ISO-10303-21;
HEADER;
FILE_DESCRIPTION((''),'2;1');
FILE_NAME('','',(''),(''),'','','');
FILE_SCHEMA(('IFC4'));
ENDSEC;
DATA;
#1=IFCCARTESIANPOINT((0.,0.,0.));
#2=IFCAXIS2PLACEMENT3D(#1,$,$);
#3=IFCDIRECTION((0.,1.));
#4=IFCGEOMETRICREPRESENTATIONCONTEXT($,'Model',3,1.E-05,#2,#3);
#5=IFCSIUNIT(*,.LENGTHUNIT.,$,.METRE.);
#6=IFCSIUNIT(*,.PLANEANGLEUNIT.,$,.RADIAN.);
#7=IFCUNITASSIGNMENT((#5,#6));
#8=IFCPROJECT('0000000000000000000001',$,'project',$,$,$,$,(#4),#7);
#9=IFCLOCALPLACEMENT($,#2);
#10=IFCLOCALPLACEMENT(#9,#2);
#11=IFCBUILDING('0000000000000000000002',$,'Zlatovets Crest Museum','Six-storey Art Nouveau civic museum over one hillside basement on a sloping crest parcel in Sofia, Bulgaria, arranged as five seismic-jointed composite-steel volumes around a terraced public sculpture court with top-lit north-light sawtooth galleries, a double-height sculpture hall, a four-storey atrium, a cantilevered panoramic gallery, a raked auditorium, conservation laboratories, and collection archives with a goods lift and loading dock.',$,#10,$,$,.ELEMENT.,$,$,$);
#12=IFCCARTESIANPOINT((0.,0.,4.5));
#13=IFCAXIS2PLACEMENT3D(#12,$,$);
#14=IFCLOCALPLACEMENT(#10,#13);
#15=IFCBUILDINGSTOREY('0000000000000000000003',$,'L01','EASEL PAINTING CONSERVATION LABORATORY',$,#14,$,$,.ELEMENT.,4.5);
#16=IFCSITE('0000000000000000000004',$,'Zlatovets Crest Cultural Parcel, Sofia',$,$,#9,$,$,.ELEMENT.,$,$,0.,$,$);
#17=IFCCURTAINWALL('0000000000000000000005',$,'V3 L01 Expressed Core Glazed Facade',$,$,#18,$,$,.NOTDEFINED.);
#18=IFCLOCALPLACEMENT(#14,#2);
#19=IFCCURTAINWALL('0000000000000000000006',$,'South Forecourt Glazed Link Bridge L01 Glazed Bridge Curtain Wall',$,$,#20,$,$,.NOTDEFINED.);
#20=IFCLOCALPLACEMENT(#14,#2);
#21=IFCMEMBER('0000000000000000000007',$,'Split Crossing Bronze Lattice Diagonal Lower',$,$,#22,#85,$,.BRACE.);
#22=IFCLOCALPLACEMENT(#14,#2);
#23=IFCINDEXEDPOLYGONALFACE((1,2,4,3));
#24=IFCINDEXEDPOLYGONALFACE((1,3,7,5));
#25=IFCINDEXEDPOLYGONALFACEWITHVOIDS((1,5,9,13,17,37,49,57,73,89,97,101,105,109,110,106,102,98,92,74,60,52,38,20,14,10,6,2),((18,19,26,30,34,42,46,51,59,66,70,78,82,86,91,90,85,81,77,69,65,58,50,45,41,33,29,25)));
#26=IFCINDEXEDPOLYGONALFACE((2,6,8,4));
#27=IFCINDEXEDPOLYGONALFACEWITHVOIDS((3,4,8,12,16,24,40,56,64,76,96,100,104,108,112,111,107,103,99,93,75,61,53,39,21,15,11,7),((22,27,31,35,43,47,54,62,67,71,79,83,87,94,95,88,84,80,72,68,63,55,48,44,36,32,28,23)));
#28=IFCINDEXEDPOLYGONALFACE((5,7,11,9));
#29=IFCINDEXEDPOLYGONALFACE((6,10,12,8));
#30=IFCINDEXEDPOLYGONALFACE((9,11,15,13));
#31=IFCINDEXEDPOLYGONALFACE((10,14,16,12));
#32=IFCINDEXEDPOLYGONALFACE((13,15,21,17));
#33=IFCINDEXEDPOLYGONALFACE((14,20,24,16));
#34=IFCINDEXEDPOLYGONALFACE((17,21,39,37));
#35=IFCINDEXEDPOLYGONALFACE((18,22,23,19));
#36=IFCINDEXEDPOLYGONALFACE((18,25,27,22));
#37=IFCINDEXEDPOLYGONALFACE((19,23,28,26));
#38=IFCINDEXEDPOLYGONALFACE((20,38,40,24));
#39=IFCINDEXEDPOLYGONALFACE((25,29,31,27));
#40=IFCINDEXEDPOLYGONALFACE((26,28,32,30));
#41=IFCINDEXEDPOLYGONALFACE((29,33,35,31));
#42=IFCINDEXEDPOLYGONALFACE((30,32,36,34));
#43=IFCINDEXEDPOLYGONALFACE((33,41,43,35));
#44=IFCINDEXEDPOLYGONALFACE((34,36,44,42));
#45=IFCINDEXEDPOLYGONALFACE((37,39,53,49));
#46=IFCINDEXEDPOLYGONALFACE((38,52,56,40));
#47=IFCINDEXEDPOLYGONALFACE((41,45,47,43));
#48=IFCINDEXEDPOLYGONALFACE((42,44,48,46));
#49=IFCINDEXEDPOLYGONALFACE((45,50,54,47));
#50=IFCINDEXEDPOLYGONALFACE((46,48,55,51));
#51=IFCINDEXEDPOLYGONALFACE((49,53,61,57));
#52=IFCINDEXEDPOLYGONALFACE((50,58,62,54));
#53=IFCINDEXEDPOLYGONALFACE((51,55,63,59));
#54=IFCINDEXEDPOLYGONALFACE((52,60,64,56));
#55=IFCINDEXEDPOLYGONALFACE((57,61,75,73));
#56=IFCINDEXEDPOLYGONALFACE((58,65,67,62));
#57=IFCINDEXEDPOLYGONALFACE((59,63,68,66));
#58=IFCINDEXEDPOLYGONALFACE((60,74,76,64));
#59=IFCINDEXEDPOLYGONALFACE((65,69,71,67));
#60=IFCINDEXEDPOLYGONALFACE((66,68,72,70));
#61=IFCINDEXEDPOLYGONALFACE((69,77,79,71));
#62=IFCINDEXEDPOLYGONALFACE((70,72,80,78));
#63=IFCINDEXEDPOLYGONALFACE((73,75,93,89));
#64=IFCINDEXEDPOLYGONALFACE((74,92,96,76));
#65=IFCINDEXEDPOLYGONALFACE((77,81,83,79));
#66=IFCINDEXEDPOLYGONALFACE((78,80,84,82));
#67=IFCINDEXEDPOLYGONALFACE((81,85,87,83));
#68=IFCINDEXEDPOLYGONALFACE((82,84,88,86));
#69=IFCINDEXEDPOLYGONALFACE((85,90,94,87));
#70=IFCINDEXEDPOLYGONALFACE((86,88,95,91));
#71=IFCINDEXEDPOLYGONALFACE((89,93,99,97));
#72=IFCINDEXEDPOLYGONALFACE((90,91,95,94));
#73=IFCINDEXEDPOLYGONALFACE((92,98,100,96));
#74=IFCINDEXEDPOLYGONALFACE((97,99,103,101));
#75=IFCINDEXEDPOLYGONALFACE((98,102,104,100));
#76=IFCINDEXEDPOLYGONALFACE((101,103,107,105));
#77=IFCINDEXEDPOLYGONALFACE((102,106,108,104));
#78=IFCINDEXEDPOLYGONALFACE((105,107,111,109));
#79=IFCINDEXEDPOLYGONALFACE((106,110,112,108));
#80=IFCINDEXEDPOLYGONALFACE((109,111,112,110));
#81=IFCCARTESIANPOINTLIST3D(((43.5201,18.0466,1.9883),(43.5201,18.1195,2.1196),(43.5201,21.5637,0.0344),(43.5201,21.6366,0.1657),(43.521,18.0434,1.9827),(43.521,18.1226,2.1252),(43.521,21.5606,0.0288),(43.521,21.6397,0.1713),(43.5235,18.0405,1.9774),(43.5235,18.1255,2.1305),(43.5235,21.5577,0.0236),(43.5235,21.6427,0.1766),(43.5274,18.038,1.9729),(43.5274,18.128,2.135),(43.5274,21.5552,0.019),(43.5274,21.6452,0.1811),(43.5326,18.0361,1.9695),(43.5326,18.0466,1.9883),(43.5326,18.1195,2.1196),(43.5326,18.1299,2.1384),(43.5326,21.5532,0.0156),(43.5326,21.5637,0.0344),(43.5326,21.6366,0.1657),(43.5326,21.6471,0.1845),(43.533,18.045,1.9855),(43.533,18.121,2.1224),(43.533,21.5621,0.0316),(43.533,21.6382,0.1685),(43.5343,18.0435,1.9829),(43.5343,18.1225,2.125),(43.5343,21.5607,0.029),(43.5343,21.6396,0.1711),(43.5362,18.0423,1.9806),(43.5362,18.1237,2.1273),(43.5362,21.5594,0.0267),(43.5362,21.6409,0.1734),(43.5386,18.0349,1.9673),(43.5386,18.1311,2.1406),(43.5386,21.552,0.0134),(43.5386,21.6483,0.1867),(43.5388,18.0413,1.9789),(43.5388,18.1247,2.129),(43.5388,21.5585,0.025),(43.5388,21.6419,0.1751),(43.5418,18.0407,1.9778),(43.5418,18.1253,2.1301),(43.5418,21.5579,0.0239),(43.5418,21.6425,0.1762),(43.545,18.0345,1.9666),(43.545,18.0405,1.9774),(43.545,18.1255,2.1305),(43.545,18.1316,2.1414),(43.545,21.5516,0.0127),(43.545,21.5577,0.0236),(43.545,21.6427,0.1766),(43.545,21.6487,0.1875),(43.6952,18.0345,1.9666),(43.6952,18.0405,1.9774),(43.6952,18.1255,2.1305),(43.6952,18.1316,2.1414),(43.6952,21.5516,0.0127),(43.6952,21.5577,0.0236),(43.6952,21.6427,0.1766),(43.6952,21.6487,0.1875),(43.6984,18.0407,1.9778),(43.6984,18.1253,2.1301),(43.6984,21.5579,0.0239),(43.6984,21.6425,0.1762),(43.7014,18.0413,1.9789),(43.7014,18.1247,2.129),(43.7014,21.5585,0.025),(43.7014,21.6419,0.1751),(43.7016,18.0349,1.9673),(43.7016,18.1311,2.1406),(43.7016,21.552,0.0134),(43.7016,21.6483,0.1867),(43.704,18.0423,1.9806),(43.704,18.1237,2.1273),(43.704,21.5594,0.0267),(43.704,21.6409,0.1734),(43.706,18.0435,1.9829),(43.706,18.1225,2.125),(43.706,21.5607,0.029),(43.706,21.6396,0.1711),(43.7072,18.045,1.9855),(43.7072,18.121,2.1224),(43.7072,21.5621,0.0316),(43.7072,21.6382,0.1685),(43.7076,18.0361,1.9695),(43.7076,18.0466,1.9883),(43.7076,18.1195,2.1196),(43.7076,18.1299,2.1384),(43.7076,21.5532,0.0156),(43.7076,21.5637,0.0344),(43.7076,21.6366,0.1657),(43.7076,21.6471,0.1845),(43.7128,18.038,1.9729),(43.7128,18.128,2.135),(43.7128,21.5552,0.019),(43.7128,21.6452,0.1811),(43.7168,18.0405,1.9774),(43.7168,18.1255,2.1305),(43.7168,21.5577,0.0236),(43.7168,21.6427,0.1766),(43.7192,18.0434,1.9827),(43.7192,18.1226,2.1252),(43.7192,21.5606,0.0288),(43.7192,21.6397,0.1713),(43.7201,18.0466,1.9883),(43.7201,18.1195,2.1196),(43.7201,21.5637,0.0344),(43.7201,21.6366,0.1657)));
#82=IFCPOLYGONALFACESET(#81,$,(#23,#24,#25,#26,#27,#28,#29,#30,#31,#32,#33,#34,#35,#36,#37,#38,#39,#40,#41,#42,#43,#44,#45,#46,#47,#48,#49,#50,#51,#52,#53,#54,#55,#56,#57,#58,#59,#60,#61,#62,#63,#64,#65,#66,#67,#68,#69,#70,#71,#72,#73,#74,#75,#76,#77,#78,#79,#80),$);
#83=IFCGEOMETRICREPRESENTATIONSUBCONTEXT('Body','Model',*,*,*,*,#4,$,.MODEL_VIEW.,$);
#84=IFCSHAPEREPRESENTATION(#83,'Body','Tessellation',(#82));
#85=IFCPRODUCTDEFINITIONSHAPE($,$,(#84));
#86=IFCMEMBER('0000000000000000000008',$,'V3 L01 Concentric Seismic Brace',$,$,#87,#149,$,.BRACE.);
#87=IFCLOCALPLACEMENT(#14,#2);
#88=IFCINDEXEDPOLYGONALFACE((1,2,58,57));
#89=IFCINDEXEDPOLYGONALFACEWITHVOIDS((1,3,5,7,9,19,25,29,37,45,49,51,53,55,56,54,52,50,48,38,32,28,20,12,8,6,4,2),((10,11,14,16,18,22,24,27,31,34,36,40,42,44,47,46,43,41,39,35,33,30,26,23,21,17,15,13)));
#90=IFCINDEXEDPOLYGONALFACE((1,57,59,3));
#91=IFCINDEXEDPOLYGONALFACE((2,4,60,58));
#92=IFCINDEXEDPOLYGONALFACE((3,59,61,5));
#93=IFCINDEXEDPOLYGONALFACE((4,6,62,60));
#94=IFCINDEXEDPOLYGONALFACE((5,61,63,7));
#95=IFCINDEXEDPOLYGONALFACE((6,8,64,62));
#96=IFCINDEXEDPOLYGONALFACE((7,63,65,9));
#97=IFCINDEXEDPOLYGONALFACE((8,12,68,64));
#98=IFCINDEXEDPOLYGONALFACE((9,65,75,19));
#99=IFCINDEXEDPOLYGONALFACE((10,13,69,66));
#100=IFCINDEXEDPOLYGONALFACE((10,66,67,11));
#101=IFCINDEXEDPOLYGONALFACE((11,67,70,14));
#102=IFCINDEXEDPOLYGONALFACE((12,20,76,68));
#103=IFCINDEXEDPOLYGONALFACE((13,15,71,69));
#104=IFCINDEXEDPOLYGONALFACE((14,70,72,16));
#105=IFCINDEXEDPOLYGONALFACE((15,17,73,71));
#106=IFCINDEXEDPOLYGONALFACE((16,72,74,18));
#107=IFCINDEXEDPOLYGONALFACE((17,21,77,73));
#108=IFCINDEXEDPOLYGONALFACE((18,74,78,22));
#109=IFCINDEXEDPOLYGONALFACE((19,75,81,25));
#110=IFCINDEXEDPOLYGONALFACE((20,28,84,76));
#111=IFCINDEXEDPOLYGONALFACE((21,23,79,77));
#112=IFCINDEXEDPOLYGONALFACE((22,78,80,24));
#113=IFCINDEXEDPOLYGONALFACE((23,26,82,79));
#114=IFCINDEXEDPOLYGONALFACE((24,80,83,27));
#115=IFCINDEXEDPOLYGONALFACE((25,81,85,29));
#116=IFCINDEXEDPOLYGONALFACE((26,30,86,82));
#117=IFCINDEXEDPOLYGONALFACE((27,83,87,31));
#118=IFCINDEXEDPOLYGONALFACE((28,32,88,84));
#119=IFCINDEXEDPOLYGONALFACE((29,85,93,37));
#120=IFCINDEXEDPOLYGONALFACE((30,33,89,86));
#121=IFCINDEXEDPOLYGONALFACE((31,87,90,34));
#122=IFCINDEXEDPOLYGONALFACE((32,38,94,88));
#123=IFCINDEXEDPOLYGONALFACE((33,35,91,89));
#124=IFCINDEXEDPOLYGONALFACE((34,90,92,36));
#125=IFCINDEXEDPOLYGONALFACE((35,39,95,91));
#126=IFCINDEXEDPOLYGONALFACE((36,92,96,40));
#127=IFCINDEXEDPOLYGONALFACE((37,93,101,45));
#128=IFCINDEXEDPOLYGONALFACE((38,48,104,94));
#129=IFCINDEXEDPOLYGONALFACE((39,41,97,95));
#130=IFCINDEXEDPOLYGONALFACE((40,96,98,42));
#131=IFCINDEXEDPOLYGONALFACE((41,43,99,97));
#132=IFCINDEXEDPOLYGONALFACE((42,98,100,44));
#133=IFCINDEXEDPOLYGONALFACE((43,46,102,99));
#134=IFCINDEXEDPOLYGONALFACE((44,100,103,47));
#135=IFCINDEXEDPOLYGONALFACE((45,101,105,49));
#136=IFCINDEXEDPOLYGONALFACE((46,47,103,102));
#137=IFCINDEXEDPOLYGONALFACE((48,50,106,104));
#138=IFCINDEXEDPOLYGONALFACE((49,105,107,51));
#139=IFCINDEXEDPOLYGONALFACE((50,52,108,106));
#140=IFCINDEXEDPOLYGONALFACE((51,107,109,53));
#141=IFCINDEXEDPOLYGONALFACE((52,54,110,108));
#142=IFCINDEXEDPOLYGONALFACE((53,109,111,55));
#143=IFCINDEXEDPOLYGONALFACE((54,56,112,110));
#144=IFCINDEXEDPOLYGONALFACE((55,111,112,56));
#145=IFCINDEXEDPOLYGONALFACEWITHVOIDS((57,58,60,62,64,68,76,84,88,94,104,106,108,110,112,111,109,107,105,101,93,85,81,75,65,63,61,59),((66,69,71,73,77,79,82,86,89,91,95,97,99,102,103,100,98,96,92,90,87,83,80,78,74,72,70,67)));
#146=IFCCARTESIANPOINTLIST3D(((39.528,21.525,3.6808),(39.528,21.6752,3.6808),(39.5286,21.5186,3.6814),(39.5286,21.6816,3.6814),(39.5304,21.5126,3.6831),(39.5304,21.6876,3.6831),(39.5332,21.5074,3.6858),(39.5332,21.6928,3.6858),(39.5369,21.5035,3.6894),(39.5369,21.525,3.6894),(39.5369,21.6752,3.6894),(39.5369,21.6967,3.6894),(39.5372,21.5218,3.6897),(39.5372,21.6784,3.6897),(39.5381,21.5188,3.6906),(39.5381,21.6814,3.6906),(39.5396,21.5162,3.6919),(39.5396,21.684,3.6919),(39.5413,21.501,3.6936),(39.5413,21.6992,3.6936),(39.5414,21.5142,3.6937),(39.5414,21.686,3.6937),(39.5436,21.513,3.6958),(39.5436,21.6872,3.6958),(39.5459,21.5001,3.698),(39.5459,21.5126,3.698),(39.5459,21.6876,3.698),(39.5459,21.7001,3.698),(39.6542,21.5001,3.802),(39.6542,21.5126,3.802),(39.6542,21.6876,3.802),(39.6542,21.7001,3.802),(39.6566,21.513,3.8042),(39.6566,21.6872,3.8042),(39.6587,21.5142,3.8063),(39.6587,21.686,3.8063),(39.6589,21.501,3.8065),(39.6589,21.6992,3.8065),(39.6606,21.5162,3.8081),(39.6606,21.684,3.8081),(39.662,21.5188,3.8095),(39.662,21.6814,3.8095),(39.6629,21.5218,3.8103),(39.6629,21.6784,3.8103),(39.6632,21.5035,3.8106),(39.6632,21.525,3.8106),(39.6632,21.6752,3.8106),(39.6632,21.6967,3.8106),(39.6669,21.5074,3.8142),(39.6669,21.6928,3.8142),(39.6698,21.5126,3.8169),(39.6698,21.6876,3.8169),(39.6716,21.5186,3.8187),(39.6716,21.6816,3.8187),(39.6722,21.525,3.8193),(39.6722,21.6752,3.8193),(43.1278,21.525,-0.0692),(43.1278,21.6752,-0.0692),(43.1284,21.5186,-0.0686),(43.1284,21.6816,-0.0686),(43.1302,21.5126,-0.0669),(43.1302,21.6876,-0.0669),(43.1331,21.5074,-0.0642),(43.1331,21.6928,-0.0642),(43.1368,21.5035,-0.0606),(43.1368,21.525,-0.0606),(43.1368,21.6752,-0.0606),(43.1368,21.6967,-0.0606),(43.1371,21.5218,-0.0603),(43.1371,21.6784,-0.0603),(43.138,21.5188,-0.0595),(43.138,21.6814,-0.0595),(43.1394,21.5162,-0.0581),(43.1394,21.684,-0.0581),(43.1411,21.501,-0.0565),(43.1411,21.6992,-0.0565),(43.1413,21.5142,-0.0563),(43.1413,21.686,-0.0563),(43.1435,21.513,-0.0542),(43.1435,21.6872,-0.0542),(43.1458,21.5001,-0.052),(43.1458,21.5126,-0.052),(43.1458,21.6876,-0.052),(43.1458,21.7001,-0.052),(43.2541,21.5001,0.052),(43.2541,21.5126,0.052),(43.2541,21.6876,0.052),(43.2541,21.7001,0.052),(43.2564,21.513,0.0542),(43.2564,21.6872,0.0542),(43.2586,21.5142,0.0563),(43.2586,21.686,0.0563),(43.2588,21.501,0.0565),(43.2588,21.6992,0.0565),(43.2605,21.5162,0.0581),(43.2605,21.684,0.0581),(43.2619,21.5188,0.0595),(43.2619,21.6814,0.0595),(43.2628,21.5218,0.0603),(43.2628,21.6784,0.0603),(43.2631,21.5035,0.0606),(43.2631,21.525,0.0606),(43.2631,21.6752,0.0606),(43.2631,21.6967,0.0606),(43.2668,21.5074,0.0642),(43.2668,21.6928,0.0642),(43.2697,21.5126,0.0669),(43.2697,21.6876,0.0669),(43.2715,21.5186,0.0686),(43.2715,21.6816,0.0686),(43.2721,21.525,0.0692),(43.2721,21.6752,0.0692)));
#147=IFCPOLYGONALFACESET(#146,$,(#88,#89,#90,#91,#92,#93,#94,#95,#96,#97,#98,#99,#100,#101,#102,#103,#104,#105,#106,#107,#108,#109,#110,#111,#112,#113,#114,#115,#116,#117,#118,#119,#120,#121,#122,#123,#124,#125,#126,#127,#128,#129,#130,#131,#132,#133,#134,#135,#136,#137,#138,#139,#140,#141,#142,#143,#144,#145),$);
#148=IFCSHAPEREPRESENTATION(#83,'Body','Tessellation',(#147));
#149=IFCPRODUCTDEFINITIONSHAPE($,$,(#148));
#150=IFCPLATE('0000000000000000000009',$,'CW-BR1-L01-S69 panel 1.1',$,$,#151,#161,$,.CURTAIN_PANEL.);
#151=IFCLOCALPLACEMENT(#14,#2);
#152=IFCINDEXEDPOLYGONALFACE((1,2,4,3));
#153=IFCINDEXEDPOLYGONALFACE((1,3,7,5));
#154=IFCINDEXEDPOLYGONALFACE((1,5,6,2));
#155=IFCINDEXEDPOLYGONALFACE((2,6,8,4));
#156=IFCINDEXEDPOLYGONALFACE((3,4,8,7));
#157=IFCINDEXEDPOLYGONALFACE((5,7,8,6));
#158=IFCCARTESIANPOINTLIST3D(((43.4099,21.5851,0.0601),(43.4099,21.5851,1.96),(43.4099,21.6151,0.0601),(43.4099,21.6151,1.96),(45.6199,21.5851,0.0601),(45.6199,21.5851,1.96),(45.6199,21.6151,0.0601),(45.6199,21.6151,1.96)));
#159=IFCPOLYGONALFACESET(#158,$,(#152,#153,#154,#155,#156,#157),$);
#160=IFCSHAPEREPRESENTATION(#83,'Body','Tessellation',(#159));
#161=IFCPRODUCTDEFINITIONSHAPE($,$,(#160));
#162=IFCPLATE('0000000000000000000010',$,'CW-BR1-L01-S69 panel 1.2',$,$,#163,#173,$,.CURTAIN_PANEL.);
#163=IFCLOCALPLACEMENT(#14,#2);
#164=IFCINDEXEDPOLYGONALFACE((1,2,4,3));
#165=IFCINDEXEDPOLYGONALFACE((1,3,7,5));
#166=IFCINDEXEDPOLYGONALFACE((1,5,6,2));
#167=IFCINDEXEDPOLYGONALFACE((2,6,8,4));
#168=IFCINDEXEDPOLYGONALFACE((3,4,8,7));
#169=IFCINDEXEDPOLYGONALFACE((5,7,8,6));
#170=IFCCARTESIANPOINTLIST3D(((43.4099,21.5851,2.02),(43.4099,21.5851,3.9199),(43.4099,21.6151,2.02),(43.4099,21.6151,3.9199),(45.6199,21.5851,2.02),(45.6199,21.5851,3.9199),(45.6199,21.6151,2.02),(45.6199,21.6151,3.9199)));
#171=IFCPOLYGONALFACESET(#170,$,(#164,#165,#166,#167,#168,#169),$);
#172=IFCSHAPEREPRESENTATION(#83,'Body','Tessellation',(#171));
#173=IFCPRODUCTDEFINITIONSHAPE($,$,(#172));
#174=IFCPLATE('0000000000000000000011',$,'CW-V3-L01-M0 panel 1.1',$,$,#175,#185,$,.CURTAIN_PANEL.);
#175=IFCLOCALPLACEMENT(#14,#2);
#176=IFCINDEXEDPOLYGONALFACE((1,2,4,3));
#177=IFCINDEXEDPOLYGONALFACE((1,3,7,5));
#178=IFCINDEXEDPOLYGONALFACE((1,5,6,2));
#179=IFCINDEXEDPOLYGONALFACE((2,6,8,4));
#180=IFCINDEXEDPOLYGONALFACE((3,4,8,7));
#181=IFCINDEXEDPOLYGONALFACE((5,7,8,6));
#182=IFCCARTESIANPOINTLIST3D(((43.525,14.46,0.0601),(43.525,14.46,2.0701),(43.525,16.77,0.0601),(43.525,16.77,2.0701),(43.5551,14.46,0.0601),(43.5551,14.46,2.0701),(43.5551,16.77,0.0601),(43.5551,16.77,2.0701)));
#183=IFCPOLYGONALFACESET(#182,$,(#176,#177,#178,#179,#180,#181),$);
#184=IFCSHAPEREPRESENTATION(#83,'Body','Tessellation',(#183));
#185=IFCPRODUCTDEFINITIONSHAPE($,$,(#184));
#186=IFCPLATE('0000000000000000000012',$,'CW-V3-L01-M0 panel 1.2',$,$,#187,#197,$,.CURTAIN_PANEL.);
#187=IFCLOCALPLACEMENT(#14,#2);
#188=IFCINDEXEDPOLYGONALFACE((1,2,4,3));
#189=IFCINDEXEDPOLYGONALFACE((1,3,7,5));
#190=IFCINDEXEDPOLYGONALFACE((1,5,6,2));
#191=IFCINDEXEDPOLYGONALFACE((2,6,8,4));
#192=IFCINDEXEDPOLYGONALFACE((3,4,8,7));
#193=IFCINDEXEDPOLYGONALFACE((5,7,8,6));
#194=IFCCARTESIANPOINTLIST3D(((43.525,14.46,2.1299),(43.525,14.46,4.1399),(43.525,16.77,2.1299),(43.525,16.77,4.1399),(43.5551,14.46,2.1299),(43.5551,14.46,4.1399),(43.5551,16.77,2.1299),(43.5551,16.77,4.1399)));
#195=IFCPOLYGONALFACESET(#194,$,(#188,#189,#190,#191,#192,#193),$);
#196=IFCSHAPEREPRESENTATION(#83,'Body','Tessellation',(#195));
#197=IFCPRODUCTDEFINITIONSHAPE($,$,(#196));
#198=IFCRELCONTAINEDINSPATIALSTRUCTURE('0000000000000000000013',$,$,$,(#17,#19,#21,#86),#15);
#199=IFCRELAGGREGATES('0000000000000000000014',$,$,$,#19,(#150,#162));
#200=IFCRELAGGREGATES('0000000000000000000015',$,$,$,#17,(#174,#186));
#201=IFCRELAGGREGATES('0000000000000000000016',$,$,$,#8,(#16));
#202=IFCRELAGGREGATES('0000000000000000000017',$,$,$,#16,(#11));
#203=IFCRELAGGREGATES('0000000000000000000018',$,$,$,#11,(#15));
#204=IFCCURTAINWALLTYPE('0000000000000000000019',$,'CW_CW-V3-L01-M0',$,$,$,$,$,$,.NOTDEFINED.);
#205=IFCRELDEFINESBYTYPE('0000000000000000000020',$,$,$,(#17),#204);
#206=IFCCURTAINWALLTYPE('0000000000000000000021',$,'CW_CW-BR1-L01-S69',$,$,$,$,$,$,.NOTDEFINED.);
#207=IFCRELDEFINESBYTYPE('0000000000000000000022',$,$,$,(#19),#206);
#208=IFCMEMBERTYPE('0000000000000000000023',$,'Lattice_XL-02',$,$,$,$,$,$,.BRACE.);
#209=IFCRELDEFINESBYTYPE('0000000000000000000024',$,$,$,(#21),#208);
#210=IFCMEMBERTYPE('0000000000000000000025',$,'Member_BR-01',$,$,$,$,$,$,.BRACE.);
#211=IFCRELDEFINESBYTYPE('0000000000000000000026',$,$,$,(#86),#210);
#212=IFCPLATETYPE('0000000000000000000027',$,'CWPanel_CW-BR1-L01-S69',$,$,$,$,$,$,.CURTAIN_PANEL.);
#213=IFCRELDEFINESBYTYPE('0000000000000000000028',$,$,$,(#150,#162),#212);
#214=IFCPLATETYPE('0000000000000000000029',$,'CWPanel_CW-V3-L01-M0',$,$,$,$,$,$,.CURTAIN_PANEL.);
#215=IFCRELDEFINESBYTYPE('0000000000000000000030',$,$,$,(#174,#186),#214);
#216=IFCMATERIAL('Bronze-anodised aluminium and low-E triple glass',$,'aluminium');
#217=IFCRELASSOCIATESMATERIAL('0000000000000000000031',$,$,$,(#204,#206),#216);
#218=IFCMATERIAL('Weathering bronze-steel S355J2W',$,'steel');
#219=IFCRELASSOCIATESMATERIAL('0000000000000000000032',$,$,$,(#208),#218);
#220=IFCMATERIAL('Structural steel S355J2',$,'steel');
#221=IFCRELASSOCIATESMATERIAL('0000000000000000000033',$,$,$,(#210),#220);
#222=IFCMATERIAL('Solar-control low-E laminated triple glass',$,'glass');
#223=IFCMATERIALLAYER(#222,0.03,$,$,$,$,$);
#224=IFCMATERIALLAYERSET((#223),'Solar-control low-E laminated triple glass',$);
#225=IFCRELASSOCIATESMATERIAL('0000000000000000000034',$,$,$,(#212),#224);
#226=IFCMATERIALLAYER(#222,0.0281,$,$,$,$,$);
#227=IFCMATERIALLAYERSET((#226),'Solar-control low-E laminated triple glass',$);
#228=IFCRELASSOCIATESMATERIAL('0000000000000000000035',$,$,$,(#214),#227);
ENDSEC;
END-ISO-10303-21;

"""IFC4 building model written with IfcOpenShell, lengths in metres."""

from ifc_helpers import new_model, si_unit, direction, frame, origin, origin_2d, place, context, subcontext, project, spatial, rectangle, hollow_rectangle, extrude, material, layer, layer_set, material_profile, profile_set, type_object, element, aggregate, save


model = new_model("IFC4")

# Units and contexts
model_context = context("Model", 3, precision=1e-05, world=origin(), true_north=direction((0.0, 1.0)))
body_context = subcontext(model_context, "Body", "Model", "MODEL_VIEW")
ifc_project = project(units=[si_unit("LENGTHUNIT", "METRE"), si_unit("PLANEANGLEUNIT", "RADIAN")], contexts=[model_context])

# Site, building, storey
site_placement = place(None, origin())
site = spatial("IfcSite", under=ifc_project, at=site_placement, Name="Zlatovets Crest Cultural Parcel, Sofia", CompositionType="ELEMENT", RefElevation=0.0)
building_placement = place(site_placement, origin())
building = spatial("IfcBuilding", under=site, at=building_placement, Name="Zlatovets Crest Museum", Description="Six-storey Art Nouveau civic museum over one hillside basement on a sloping crest parcel in Sofia, Bulgaria, arranged as five seismic-jointed composite-steel volumes around a terraced public sculpture court with top-lit north-light sawtooth galleries, a double-height sculpture hall, a four-storey atrium, a cantilevered panoramic gallery, a raked auditorium, conservation laboratories, and collection archives with a goods lift and loading dock.", CompositionType="ELEMENT")
storey_placement = place(building_placement, frame((0.0, 0.0, 4.5)))
storey = spatial("IfcBuildingStorey", under=building, at=storey_placement, Name="L01", Description="EASEL PAINTING CONSERVATION LABORATORY", CompositionType="ELEMENT", Elevation=4.5)

# Shared definitions
ifc_material_1 = material(Name="Structural steel S355J2", Category="steel")

# Curtain wall
ifc_material_2 = material(Name="Bronze-anodised aluminium and low-E triple glass", Category="aluminium")
curtain_wall_type_1 = type_object("IfcCurtainWallType", Name="CW_CW-V3-L01-M0", PredefinedType="NOTDEFINED", material=ifc_material_2)
curtain_wall_1_placement = place(storey_placement, origin())
curtain_wall_1 = element("IfcCurtainWall", 1, at=curtain_wall_1_placement, inside=storey, type_object=curtain_wall_type_1, Name="V3 L01 Expressed Core Glazed Facade", PredefinedType="NOTDEFINED")

# Curtain wall
curtain_wall_type_2 = type_object("IfcCurtainWallType", Name="CW_CW-BR1-L01-S69", PredefinedType="NOTDEFINED", material=ifc_material_2)
curtain_wall_2_placement = place(storey_placement, origin())
curtain_wall_2 = element("IfcCurtainWall", 2, at=curtain_wall_2_placement, inside=storey, type_object=curtain_wall_type_2, Name="South Forecourt Glazed Link Bridge L01 Glazed Bridge Curtain Wall", PredefinedType="NOTDEFINED")

# Members
ifc_material_3 = material(Name="Weathering bronze-steel S355J2W", Category="steel")
ifc_material_profile_1 = material_profile(ifc_material_3, hollow_rectangle(XDim=0.2, YDim=0.2, WallThickness=0.0125, InnerFilletRadius=0.0125, OuterFilletRadius=0.0249, at=origin_2d()), Name="SHS 200x200x12.5")
ifc_profile_set_1 = profile_set([ifc_material_profile_1], Name="Weathering bronze-steel S355J2W")
member_type_1 = type_object("IfcMemberType", Name="Lattice_XL-02", PredefinedType="BRACE", material=ifc_profile_set_1)
member_1_placement = place(storey_placement, frame((43.6201, 18.083, 2.054), z_axis=(0.0, 0.874166, -0.485627), x_axis=(-1.0, 0.0, 0.0)))
element("IfcMember", 3, at=member_1_placement, inside=storey, type_object=member_type_1, Name="Split Crossing Bronze Lattice Diagonal Lower", PredefinedType="BRACE", context=body_context, shape_type="SweptSolid", body=[
    extrude(hollow_rectangle(XDim=0.2, YDim=0.2, WallThickness=0.0125, InnerFilletRadius=0.0125, OuterFilletRadius=0.0249, at=origin_2d()), origin(), (0.0, 0.0, 1.0), 4.0234),
])
ifc_material_profile_2 = material_profile(ifc_material_1, hollow_rectangle(XDim=0.2, YDim=0.2, WallThickness=0.0125, InnerFilletRadius=0.0125, OuterFilletRadius=0.0249, at=origin_2d()), Name="SHS 200x200x12.5")
ifc_profile_set_2 = profile_set([ifc_material_profile_2], Name="Structural steel S355J2")
member_type_2 = type_object("IfcMemberType", Name="Member_BR-01", PredefinedType="BRACE", material=ifc_profile_set_2)
member_2_placement = place(storey_placement, frame((43.2, 21.6001, 0.0), z_axis=(-0.692517, 0.0, 0.721401), x_axis=(0.0, -1.0, 0.0)))
element("IfcMember", 4, at=member_2_placement, inside=storey, type_object=member_type_2, Name="V3 L01 Concentric Seismic Brace", PredefinedType="BRACE", context=body_context, shape_type="SweptSolid", body=[
    extrude(hollow_rectangle(XDim=0.2, YDim=0.2, WallThickness=0.0125, InnerFilletRadius=0.0125, OuterFilletRadius=0.0249, at=origin_2d()), origin(), (0.0, 0.0, 1.0), 5.1982),
])

# Plates
ifc_material_4 = material(Name="Solar-control low-E laminated triple glass", Category="glass")
ifc_layer_1 = layer(ifc_material_4, 0.03)
ifc_layer_set_1 = layer_set([ifc_layer_1], Name="Solar-control low-E laminated triple glass")
plate_type_1 = type_object("IfcPlateType", Name="CWPanel_CW-BR1-L01-S69", PredefinedType="CURTAIN_PANEL", material=ifc_layer_set_1)
plate_1_placement = place(storey_placement, frame((44.5149, 21.6001, 0.0601), z_axis=(0.0, 0.0, 1.0), x_axis=(1.0, 0.0, 0.0)))
plate_1 = element("IfcPlate", 5, at=plate_1_placement, type_object=plate_type_1, Name="CW-BR1-L01-S69 panel 1.1", PredefinedType="CURTAIN_PANEL", context=body_context, shape_type="SweptSolid", body=[
    extrude(rectangle(XDim=2.21, YDim=0.03, at=origin_2d()), origin(), (0.0, 0.0, 1.0), 1.8999),
])
plate_2_placement = place(storey_placement, frame((44.5149, 21.6001, 2.02), z_axis=(0.0, 0.0, 1.0), x_axis=(1.0, 0.0, 0.0)))
plate_2 = element("IfcPlate", 6, at=plate_2_placement, type_object=plate_type_1, Name="CW-BR1-L01-S69 panel 1.2", PredefinedType="CURTAIN_PANEL", context=body_context, shape_type="SweptSolid", body=[
    extrude(rectangle(XDim=2.21, YDim=0.03, at=origin_2d()), origin(), (0.0, 0.0, 1.0), 1.8999),
])
aggregate(curtain_wall_2, [plate_1, plate_2])
ifc_layer_2 = layer(ifc_material_4, 0.0281)
ifc_layer_set_2 = layer_set([ifc_layer_2], Name="Solar-control low-E laminated triple glass")
plate_type_2 = type_object("IfcPlateType", Name="CWPanel_CW-V3-L01-M0", PredefinedType="CURTAIN_PANEL", material=ifc_layer_set_2)
plate_3_placement = place(storey_placement, frame((43.54, 15.615, 0.0601), z_axis=(0.0, 0.0, 1.0), x_axis=(0.0, 1.0, 0.0)))
plate_3 = element("IfcPlate", 7, at=plate_3_placement, type_object=plate_type_2, Name="CW-V3-L01-M0 panel 1.1", PredefinedType="CURTAIN_PANEL", context=body_context, shape_type="SweptSolid", body=[
    extrude(rectangle(XDim=2.3101, YDim=0.03, at=origin_2d()), origin(), (0.0, 0.0, 1.0), 2.01),
])
plate_4_placement = place(storey_placement, frame((43.54, 15.615, 2.1299), z_axis=(0.0, 0.0, 1.0), x_axis=(0.0, 1.0, 0.0)))
plate_4 = element("IfcPlate", 8, at=plate_4_placement, type_object=plate_type_2, Name="CW-V3-L01-M0 panel 1.2", PredefinedType="CURTAIN_PANEL", context=body_context, shape_type="SweptSolid", body=[
    extrude(rectangle(XDim=2.3101, YDim=0.03, at=origin_2d()), origin(), (0.0, 0.0, 1.0), 2.01),
])
aggregate(curtain_wall_1, [plate_3, plate_4])

save(model, "model.ifc")
